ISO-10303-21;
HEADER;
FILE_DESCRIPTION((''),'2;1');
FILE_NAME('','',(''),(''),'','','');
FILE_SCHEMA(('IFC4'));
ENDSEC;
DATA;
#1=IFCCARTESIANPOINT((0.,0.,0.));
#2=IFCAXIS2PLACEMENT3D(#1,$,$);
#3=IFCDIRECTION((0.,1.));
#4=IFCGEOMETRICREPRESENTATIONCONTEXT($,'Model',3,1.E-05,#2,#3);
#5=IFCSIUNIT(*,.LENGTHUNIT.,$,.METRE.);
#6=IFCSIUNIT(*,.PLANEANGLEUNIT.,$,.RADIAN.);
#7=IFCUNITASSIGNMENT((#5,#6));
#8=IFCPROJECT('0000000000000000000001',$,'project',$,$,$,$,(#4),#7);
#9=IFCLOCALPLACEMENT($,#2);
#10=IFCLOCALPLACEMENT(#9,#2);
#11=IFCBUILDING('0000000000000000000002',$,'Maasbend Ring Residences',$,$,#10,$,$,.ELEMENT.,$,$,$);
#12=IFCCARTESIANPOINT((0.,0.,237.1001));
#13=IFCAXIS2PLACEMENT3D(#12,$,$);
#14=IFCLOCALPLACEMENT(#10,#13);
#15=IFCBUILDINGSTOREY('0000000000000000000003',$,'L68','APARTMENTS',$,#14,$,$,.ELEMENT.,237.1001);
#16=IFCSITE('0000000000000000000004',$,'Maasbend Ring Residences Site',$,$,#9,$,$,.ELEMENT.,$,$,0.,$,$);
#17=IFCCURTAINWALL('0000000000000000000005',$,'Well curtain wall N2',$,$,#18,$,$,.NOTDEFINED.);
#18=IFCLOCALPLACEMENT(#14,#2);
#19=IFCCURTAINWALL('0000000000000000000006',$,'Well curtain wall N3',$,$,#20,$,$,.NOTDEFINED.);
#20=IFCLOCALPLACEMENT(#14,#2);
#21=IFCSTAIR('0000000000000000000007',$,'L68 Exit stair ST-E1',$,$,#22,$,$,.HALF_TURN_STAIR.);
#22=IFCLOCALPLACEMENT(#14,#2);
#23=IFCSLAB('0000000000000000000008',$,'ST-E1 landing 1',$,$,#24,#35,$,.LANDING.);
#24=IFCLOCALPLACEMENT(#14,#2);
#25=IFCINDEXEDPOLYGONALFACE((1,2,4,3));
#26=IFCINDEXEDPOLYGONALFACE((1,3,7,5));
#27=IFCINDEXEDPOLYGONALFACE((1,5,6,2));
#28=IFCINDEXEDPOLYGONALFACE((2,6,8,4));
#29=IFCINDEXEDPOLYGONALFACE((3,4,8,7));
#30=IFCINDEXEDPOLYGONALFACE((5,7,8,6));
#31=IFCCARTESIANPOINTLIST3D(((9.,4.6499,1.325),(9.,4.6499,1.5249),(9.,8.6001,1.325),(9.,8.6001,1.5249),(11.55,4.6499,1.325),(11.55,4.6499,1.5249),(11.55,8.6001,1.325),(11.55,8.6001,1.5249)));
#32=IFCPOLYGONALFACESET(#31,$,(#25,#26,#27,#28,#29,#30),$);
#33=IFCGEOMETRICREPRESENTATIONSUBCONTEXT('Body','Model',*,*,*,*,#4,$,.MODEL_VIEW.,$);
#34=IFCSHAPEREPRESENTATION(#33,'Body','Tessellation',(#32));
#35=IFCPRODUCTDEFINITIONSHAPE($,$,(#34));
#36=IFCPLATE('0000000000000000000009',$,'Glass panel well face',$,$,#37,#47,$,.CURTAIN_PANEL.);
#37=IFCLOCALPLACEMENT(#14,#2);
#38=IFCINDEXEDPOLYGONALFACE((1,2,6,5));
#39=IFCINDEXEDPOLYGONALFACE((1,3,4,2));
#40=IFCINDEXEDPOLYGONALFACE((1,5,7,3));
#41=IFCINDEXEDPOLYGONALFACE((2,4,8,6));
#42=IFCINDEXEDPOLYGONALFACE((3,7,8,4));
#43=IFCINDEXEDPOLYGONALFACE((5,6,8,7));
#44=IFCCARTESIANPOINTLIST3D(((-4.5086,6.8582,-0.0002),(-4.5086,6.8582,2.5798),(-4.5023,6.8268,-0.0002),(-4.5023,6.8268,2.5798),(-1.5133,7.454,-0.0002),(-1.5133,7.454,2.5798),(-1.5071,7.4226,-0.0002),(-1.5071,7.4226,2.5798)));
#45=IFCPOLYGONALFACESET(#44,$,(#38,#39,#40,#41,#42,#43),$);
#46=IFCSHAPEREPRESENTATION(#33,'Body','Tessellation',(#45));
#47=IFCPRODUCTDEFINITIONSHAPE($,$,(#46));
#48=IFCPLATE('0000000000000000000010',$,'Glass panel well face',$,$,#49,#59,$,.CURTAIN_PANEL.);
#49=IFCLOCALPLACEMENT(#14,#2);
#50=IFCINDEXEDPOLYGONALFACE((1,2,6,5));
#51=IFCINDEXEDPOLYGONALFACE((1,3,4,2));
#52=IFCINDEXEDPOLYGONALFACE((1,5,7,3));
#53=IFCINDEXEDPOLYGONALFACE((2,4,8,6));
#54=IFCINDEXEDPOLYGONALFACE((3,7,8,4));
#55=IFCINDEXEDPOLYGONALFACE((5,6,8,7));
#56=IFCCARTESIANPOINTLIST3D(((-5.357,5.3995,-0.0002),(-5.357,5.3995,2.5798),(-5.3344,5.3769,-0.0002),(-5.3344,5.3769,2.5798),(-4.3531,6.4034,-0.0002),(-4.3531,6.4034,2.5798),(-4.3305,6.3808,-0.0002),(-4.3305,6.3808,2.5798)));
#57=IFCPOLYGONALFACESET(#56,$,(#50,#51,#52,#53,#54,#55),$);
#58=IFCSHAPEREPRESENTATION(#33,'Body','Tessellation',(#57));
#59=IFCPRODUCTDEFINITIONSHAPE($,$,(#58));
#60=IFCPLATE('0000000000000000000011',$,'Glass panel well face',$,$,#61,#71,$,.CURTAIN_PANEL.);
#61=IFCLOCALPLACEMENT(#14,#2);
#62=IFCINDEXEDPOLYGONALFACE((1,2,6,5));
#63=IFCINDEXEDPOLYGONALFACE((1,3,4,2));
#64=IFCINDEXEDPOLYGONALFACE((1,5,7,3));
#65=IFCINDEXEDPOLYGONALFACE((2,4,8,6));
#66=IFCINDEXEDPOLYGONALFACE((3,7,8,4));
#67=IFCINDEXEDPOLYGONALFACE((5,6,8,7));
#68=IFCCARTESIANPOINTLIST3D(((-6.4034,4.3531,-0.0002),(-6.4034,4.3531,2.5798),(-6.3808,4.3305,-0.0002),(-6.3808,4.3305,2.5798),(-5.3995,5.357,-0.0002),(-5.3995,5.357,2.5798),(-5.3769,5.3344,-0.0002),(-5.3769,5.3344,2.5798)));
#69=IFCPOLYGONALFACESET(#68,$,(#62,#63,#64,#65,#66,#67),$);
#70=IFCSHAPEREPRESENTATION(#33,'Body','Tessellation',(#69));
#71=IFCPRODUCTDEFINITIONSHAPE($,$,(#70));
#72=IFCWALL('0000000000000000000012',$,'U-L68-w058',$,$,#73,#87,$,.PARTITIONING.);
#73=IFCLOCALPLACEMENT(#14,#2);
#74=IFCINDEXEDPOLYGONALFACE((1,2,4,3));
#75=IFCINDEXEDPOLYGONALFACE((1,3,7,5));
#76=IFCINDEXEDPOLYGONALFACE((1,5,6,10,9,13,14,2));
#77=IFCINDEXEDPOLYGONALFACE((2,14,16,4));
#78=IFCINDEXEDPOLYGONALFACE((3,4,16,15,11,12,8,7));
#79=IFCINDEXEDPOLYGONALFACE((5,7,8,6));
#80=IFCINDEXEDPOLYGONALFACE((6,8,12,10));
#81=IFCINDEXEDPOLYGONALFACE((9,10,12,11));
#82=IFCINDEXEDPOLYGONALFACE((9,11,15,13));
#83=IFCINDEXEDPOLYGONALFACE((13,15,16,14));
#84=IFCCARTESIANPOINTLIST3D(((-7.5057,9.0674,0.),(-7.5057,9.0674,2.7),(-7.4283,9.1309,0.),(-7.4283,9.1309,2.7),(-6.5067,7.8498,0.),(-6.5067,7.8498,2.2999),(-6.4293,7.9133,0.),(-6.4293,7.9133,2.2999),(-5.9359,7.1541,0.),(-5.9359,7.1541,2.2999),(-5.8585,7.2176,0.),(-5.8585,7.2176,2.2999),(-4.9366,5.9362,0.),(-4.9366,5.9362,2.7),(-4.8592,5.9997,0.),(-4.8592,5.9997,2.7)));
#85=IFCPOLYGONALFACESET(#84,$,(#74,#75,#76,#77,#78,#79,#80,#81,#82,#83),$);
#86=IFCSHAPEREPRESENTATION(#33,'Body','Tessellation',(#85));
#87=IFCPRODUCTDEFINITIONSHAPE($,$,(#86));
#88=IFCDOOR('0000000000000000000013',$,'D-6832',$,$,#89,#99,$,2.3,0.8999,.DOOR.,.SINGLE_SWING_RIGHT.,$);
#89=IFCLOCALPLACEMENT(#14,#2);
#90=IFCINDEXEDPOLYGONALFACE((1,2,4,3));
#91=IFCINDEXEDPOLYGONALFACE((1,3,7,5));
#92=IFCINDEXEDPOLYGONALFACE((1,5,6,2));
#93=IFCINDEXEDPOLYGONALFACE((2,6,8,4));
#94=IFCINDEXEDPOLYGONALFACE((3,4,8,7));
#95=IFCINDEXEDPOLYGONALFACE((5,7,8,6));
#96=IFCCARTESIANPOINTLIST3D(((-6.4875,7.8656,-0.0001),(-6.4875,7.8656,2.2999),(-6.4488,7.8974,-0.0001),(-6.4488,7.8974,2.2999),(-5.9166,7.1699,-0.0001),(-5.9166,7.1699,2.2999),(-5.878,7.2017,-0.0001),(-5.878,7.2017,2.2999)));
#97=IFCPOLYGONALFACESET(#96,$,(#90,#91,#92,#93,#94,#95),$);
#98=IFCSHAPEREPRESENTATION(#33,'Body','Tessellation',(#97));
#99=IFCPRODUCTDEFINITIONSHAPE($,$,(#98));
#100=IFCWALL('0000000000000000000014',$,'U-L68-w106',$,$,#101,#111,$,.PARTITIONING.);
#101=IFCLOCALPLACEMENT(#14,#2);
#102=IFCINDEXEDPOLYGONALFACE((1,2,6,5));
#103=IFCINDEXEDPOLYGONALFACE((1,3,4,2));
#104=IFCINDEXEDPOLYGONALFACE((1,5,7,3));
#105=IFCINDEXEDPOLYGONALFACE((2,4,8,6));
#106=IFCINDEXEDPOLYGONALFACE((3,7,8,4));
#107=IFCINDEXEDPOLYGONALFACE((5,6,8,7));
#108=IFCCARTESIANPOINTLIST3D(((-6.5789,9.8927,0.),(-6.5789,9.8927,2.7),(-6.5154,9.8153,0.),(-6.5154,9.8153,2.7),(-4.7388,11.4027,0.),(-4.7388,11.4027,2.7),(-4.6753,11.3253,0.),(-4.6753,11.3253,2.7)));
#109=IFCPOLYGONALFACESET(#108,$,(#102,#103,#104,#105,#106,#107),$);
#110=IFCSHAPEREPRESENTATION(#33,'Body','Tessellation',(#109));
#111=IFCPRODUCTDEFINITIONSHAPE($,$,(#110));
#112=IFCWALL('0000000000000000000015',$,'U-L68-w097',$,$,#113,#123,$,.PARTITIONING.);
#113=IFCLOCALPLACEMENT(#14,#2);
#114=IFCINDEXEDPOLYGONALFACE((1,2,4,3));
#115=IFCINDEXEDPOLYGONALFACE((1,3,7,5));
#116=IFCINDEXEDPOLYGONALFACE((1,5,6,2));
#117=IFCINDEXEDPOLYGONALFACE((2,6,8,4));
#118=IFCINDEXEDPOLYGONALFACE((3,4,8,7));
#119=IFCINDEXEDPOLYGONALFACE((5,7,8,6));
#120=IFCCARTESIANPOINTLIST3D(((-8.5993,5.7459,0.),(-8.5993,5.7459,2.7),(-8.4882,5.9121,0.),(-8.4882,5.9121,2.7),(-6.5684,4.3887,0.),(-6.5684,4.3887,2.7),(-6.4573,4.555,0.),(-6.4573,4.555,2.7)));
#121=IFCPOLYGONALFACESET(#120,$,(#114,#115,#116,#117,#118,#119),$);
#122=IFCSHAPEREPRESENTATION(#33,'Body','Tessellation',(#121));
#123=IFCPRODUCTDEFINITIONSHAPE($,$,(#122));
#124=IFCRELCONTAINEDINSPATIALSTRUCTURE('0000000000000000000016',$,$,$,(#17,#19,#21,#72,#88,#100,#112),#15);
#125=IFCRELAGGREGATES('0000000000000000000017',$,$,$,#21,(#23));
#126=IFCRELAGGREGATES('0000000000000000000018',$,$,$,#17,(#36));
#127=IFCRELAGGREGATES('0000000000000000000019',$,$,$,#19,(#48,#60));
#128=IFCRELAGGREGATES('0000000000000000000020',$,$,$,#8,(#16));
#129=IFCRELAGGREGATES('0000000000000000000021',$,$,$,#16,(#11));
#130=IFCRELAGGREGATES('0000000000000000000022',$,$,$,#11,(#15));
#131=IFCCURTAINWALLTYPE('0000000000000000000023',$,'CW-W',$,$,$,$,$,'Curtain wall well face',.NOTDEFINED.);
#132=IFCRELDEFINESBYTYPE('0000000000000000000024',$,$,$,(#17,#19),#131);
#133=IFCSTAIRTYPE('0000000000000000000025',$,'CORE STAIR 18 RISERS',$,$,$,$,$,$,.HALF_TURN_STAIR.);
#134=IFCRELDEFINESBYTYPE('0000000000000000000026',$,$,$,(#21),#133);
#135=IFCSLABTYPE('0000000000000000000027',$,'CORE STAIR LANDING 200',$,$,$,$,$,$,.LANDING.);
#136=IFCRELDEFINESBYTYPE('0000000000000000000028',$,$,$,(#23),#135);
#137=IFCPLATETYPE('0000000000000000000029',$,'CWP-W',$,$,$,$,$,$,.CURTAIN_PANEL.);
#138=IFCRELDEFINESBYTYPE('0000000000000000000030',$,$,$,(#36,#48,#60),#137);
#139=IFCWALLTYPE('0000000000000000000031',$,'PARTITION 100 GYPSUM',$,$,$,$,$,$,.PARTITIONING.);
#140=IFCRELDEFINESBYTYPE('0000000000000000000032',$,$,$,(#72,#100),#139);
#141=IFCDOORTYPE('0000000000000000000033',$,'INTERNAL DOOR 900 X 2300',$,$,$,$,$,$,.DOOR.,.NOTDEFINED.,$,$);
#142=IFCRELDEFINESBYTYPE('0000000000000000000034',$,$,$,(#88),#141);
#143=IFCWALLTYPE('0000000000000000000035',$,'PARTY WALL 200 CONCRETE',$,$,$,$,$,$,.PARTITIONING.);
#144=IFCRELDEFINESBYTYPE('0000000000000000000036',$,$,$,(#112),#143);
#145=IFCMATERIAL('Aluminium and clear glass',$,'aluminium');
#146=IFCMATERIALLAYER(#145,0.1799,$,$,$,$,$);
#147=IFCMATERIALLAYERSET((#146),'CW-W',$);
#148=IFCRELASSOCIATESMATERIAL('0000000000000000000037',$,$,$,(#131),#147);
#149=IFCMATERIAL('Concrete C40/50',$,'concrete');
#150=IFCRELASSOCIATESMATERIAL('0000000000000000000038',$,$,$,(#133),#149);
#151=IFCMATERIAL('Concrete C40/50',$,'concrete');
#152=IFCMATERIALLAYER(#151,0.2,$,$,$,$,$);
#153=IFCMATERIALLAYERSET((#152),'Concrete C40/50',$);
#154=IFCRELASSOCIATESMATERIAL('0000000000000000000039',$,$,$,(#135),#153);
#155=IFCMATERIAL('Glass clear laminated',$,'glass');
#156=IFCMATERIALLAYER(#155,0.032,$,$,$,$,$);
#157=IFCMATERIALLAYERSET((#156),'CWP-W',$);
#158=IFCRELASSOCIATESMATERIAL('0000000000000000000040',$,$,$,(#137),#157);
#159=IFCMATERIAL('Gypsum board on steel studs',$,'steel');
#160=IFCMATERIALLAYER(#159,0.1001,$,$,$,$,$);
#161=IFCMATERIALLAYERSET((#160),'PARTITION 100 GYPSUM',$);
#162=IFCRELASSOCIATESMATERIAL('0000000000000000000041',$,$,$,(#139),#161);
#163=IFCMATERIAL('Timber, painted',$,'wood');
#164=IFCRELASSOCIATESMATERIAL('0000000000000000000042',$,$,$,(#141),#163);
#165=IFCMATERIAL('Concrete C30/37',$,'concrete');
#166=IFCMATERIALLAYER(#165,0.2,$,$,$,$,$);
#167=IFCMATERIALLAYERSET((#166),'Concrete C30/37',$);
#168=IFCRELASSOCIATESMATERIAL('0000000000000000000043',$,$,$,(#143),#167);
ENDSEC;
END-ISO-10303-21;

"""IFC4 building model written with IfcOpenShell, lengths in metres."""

from ifc_helpers import new_model, si_unit, direction, frame, frame_2d, origin, origin_2d, place, context, subcontext, project, spatial, polyline, rectangle, outline, extrude, material, layer, layer_set, type_object, element, fill, aggregate, save


model = new_model("IFC4")

# Units and contexts
model_context = context("Model", 3, precision=1e-05, world=origin(), true_north=direction((0.0, 1.0)))
body_context = subcontext(model_context, "Body", "Model", "MODEL_VIEW")
ifc_project = project(units=[si_unit("LENGTHUNIT", "METRE"), si_unit("PLANEANGLEUNIT", "RADIAN")], contexts=[model_context])

# Site, building, storey
site_placement = place(None, origin())
site = spatial("IfcSite", under=ifc_project, at=site_placement, Name="Maasbend Ring Residences Site", CompositionType="ELEMENT", RefElevation=0.0)
building_placement = place(site_placement, origin())
building = spatial("IfcBuilding", under=site, at=building_placement, Name="Maasbend Ring Residences", CompositionType="ELEMENT")
storey_placement = place(building_placement, frame((0.0, 0.0, 237.1001)))
storey = spatial("IfcBuildingStorey", under=building, at=storey_placement, Name="L68", Description="APARTMENTS", CompositionType="ELEMENT", Elevation=237.1001)

# Curtain walls
ifc_material_1 = material(Name="Aluminium and clear glass", Category="aluminium")
ifc_layer_1 = layer(ifc_material_1, 0.1799)
ifc_layer_set_1 = layer_set([ifc_layer_1], Name="CW-W")
curtain_wall_type = type_object("IfcCurtainWallType", Name="CW-W", ElementType="Curtain wall well face", PredefinedType="NOTDEFINED", material=ifc_layer_set_1)
curtain_wall_1_placement = place(storey_placement, origin())
curtain_wall_1 = element("IfcCurtainWall", 1, at=curtain_wall_1_placement, inside=storey, type_object=curtain_wall_type, Name="Well curtain wall N2", PredefinedType="NOTDEFINED")
curtain_wall_2_placement = place(storey_placement, origin())
curtain_wall_2 = element("IfcCurtainWall", 2, at=curtain_wall_2_placement, inside=storey, type_object=curtain_wall_type, Name="Well curtain wall N3", PredefinedType="NOTDEFINED")

# Stair, slab
ifc_material_2 = material(Name="Concrete C40/50", Category="concrete")
stair_type = type_object("IfcStairType", Name="CORE STAIR 18 RISERS", PredefinedType="HALF_TURN_STAIR", material=ifc_material_2)
stair_placement = place(storey_placement, origin())
stair = element("IfcStair", 3, at=stair_placement, inside=storey, type_object=stair_type, Name="L68 Exit stair ST-E1", PredefinedType="HALF_TURN_STAIR")
ifc_material_3 = material(Name="Concrete C40/50", Category="concrete")
ifc_layer_2 = layer(ifc_material_3, 0.2)
ifc_layer_set_2 = layer_set([ifc_layer_2], Name="Concrete C40/50")
slab_type = type_object("IfcSlabType", Name="CORE STAIR LANDING 200", PredefinedType="LANDING", material=ifc_layer_set_2)
slab_placement = place(storey_placement, frame((0.0, 0.0, 1.325)))
slab = element("IfcSlab", 4, at=slab_placement, type_object=slab_type, Name="ST-E1 landing 1", PredefinedType="LANDING", context=body_context, shape_type="SweptSolid", body=[
    extrude(outline(polyline([(11.55, 8.6001), (9.0, 8.6001), (9.0, 4.6499), (11.55, 4.6499), (11.55, 8.6001)])), origin(), (0.0, 0.0, 1.0), 0.2),
])
aggregate(stair, [slab])

# Plates
ifc_material_4 = material(Name="Glass clear laminated", Category="glass")
ifc_layer_3 = layer(ifc_material_4, 0.032)
ifc_layer_set_3 = layer_set([ifc_layer_3], Name="CWP-W")
plate_type = type_object("IfcPlateType", Name="CWP-W", PredefinedType="CURTAIN_PANEL", material=ifc_layer_set_3)
plate_1_placement = place(storey_placement, frame((-3.0078, 7.1404, -0.0002), z_axis=(0.0, 0.0, 1.0), x_axis=(-0.980785, -0.19509, 0.0)))
plate_1 = element("IfcPlate", 5, at=plate_1_placement, type_object=plate_type, Name="Glass panel well face", PredefinedType="CURTAIN_PANEL", context=body_context, shape_type="SweptSolid", body=[
    extrude(rectangle(XDim=3.054, YDim=0.032, at=origin_2d()), origin(), (0.0, 0.0, 1.0), 2.5801),
])
aggregate(curtain_wall_1, [plate_1])
plate_2_placement = place(storey_placement, frame((-4.8438, 5.8901, -0.0002), z_axis=(0.0, 0.0, 1.0), x_axis=(-0.707107, -0.707107, 0.0)))
plate_2 = element("IfcPlate", 6, at=plate_2_placement, type_object=plate_type, Name="Glass panel well face", PredefinedType="CURTAIN_PANEL", context=body_context, shape_type="SweptSolid", body=[
    extrude(rectangle(XDim=1.4197, YDim=0.032, at=origin_2d()), origin(), (0.0, 0.0, 1.0), 2.5801),
])
plate_3_placement = place(storey_placement, frame((-5.8901, 4.8438, -0.0002), z_axis=(0.0, 0.0, 1.0), x_axis=(-0.707107, -0.707107, 0.0)))
plate_3 = element("IfcPlate", 7, at=plate_3_placement, type_object=plate_type, Name="Glass panel well face", PredefinedType="CURTAIN_PANEL", context=body_context, shape_type="SweptSolid", body=[
    extrude(rectangle(XDim=1.4197, YDim=0.032, at=origin_2d()), origin(), (0.0, 0.0, 1.0), 2.5801),
])
aggregate(curtain_wall_2, [plate_2, plate_3])

# Wall, opening, door
ifc_material_5 = material(Name="Gypsum board on steel studs", Category="steel")
ifc_layer_4 = layer(ifc_material_5, 0.1001)
ifc_layer_set_4 = layer_set([ifc_layer_4], Name="PARTITION 100 GYPSUM")
wall_type_1 = type_object("IfcWallType", Name="PARTITION 100 GYPSUM", PredefinedType="PARTITIONING", material=ifc_layer_set_4)
wall_1_placement = place(storey_placement, frame((-7.467, 9.0991, 0.0), z_axis=(0.0, 0.0, 1.0), x_axis=(0.634314, -0.773076, 0.0)))
wall_1 = element("IfcWall", 8, at=wall_1_placement, inside=storey, type_object=wall_type_1, Name="U-L68-w058", PredefinedType="PARTITIONING", context=body_context, shape_type="SweptSolid", body=[
    extrude(rectangle(XDim=4.0503, YDim=0.1001, at=frame_2d((2.0251, 0.0))), origin(), (0.0, 0.0, 1.0), 2.7),
])
opening_placement = place(wall_1_placement, frame((1.575, 0.0, 0.0)))
opening = element("IfcOpeningElement", 9, at=opening_placement, cuts=wall_1, PredefinedType="OPENING", context=body_context, shape_type="SweptSolid", body=[
    extrude(rectangle(XDim=0.8999, YDim=2.3, at=frame_2d((0.45, 1.1499))), frame((0.0, 0.0601, 0.0), z_axis=(0.0, -1.0, 0.0), x_axis=(1.0, 0.0, 0.0)), (0.0, 0.0, 1.0), 0.1201),
])
ifc_material_6 = material(Name="Timber, painted", Category="wood")
door_type = type_object("IfcDoorType", Name="INTERNAL DOOR 900 X 2300", OperationType="NOTDEFINED", PredefinedType="DOOR", material=ifc_material_6)
door_placement = place(opening_placement, origin())
door = element("IfcDoor", 10, at=door_placement, inside=storey, type_object=door_type, Name="D-6832", OperationType="SINGLE_SWING_RIGHT", OverallHeight=2.3, OverallWidth=0.8999, PredefinedType="DOOR", context=body_context, shape_type="SweptSolid", body=[
    extrude(rectangle(XDim=0.8999, YDim=2.3, at=frame_2d((0.45, 1.1499))), frame((0.0, 0.0249, 0.0), z_axis=(0.0, -1.0, 0.0), x_axis=(1.0, 0.0, 0.0)), (0.0, 0.0, 1.0), 0.05),
])
fill(opening, door)

# Walls
wall_2_placement = place(storey_placement, frame((-6.5471, 9.854, 0.0), z_axis=(0.0, 0.0, 1.0), x_axis=(0.773033, 0.634365, 0.0)))
element("IfcWall", 11, at=wall_2_placement, inside=storey, type_object=wall_type_1, Name="U-L68-w106", PredefinedType="PARTITIONING", context=body_context, shape_type="SweptSolid", body=[
    extrude(rectangle(XDim=2.3804, YDim=0.1001, at=frame_2d((1.1902, 0.0))), origin(), (0.0, 0.0, 1.0), 2.7),
])
ifc_material_7 = material(Name="Concrete C30/37", Category="concrete")
ifc_layer_5 = layer(ifc_material_7, 0.2)
ifc_layer_set_5 = layer_set([ifc_layer_5], Name="Concrete C30/37")
wall_type_2 = type_object("IfcWallType", Name="PARTY WALL 200 CONCRETE", PredefinedType="PARTITIONING", material=ifc_layer_set_5)
wall_3_placement = place(storey_placement, frame((-6.5129, 4.4719, 0.0), z_axis=(0.0, 0.0, 1.0), x_axis=(-0.83145, 0.555599, 0.0)))
element("IfcWall", 12, at=wall_3_placement, inside=storey, type_object=wall_type_2, Name="U-L68-w097", PredefinedType="PARTITIONING", context=body_context, shape_type="SweptSolid", body=[
    extrude(rectangle(XDim=2.4426, YDim=0.2, at=frame_2d((1.2212, 0.0))), origin(), (0.0, 0.0, 1.0), 2.7),
])

save(model, "model.ifc")
